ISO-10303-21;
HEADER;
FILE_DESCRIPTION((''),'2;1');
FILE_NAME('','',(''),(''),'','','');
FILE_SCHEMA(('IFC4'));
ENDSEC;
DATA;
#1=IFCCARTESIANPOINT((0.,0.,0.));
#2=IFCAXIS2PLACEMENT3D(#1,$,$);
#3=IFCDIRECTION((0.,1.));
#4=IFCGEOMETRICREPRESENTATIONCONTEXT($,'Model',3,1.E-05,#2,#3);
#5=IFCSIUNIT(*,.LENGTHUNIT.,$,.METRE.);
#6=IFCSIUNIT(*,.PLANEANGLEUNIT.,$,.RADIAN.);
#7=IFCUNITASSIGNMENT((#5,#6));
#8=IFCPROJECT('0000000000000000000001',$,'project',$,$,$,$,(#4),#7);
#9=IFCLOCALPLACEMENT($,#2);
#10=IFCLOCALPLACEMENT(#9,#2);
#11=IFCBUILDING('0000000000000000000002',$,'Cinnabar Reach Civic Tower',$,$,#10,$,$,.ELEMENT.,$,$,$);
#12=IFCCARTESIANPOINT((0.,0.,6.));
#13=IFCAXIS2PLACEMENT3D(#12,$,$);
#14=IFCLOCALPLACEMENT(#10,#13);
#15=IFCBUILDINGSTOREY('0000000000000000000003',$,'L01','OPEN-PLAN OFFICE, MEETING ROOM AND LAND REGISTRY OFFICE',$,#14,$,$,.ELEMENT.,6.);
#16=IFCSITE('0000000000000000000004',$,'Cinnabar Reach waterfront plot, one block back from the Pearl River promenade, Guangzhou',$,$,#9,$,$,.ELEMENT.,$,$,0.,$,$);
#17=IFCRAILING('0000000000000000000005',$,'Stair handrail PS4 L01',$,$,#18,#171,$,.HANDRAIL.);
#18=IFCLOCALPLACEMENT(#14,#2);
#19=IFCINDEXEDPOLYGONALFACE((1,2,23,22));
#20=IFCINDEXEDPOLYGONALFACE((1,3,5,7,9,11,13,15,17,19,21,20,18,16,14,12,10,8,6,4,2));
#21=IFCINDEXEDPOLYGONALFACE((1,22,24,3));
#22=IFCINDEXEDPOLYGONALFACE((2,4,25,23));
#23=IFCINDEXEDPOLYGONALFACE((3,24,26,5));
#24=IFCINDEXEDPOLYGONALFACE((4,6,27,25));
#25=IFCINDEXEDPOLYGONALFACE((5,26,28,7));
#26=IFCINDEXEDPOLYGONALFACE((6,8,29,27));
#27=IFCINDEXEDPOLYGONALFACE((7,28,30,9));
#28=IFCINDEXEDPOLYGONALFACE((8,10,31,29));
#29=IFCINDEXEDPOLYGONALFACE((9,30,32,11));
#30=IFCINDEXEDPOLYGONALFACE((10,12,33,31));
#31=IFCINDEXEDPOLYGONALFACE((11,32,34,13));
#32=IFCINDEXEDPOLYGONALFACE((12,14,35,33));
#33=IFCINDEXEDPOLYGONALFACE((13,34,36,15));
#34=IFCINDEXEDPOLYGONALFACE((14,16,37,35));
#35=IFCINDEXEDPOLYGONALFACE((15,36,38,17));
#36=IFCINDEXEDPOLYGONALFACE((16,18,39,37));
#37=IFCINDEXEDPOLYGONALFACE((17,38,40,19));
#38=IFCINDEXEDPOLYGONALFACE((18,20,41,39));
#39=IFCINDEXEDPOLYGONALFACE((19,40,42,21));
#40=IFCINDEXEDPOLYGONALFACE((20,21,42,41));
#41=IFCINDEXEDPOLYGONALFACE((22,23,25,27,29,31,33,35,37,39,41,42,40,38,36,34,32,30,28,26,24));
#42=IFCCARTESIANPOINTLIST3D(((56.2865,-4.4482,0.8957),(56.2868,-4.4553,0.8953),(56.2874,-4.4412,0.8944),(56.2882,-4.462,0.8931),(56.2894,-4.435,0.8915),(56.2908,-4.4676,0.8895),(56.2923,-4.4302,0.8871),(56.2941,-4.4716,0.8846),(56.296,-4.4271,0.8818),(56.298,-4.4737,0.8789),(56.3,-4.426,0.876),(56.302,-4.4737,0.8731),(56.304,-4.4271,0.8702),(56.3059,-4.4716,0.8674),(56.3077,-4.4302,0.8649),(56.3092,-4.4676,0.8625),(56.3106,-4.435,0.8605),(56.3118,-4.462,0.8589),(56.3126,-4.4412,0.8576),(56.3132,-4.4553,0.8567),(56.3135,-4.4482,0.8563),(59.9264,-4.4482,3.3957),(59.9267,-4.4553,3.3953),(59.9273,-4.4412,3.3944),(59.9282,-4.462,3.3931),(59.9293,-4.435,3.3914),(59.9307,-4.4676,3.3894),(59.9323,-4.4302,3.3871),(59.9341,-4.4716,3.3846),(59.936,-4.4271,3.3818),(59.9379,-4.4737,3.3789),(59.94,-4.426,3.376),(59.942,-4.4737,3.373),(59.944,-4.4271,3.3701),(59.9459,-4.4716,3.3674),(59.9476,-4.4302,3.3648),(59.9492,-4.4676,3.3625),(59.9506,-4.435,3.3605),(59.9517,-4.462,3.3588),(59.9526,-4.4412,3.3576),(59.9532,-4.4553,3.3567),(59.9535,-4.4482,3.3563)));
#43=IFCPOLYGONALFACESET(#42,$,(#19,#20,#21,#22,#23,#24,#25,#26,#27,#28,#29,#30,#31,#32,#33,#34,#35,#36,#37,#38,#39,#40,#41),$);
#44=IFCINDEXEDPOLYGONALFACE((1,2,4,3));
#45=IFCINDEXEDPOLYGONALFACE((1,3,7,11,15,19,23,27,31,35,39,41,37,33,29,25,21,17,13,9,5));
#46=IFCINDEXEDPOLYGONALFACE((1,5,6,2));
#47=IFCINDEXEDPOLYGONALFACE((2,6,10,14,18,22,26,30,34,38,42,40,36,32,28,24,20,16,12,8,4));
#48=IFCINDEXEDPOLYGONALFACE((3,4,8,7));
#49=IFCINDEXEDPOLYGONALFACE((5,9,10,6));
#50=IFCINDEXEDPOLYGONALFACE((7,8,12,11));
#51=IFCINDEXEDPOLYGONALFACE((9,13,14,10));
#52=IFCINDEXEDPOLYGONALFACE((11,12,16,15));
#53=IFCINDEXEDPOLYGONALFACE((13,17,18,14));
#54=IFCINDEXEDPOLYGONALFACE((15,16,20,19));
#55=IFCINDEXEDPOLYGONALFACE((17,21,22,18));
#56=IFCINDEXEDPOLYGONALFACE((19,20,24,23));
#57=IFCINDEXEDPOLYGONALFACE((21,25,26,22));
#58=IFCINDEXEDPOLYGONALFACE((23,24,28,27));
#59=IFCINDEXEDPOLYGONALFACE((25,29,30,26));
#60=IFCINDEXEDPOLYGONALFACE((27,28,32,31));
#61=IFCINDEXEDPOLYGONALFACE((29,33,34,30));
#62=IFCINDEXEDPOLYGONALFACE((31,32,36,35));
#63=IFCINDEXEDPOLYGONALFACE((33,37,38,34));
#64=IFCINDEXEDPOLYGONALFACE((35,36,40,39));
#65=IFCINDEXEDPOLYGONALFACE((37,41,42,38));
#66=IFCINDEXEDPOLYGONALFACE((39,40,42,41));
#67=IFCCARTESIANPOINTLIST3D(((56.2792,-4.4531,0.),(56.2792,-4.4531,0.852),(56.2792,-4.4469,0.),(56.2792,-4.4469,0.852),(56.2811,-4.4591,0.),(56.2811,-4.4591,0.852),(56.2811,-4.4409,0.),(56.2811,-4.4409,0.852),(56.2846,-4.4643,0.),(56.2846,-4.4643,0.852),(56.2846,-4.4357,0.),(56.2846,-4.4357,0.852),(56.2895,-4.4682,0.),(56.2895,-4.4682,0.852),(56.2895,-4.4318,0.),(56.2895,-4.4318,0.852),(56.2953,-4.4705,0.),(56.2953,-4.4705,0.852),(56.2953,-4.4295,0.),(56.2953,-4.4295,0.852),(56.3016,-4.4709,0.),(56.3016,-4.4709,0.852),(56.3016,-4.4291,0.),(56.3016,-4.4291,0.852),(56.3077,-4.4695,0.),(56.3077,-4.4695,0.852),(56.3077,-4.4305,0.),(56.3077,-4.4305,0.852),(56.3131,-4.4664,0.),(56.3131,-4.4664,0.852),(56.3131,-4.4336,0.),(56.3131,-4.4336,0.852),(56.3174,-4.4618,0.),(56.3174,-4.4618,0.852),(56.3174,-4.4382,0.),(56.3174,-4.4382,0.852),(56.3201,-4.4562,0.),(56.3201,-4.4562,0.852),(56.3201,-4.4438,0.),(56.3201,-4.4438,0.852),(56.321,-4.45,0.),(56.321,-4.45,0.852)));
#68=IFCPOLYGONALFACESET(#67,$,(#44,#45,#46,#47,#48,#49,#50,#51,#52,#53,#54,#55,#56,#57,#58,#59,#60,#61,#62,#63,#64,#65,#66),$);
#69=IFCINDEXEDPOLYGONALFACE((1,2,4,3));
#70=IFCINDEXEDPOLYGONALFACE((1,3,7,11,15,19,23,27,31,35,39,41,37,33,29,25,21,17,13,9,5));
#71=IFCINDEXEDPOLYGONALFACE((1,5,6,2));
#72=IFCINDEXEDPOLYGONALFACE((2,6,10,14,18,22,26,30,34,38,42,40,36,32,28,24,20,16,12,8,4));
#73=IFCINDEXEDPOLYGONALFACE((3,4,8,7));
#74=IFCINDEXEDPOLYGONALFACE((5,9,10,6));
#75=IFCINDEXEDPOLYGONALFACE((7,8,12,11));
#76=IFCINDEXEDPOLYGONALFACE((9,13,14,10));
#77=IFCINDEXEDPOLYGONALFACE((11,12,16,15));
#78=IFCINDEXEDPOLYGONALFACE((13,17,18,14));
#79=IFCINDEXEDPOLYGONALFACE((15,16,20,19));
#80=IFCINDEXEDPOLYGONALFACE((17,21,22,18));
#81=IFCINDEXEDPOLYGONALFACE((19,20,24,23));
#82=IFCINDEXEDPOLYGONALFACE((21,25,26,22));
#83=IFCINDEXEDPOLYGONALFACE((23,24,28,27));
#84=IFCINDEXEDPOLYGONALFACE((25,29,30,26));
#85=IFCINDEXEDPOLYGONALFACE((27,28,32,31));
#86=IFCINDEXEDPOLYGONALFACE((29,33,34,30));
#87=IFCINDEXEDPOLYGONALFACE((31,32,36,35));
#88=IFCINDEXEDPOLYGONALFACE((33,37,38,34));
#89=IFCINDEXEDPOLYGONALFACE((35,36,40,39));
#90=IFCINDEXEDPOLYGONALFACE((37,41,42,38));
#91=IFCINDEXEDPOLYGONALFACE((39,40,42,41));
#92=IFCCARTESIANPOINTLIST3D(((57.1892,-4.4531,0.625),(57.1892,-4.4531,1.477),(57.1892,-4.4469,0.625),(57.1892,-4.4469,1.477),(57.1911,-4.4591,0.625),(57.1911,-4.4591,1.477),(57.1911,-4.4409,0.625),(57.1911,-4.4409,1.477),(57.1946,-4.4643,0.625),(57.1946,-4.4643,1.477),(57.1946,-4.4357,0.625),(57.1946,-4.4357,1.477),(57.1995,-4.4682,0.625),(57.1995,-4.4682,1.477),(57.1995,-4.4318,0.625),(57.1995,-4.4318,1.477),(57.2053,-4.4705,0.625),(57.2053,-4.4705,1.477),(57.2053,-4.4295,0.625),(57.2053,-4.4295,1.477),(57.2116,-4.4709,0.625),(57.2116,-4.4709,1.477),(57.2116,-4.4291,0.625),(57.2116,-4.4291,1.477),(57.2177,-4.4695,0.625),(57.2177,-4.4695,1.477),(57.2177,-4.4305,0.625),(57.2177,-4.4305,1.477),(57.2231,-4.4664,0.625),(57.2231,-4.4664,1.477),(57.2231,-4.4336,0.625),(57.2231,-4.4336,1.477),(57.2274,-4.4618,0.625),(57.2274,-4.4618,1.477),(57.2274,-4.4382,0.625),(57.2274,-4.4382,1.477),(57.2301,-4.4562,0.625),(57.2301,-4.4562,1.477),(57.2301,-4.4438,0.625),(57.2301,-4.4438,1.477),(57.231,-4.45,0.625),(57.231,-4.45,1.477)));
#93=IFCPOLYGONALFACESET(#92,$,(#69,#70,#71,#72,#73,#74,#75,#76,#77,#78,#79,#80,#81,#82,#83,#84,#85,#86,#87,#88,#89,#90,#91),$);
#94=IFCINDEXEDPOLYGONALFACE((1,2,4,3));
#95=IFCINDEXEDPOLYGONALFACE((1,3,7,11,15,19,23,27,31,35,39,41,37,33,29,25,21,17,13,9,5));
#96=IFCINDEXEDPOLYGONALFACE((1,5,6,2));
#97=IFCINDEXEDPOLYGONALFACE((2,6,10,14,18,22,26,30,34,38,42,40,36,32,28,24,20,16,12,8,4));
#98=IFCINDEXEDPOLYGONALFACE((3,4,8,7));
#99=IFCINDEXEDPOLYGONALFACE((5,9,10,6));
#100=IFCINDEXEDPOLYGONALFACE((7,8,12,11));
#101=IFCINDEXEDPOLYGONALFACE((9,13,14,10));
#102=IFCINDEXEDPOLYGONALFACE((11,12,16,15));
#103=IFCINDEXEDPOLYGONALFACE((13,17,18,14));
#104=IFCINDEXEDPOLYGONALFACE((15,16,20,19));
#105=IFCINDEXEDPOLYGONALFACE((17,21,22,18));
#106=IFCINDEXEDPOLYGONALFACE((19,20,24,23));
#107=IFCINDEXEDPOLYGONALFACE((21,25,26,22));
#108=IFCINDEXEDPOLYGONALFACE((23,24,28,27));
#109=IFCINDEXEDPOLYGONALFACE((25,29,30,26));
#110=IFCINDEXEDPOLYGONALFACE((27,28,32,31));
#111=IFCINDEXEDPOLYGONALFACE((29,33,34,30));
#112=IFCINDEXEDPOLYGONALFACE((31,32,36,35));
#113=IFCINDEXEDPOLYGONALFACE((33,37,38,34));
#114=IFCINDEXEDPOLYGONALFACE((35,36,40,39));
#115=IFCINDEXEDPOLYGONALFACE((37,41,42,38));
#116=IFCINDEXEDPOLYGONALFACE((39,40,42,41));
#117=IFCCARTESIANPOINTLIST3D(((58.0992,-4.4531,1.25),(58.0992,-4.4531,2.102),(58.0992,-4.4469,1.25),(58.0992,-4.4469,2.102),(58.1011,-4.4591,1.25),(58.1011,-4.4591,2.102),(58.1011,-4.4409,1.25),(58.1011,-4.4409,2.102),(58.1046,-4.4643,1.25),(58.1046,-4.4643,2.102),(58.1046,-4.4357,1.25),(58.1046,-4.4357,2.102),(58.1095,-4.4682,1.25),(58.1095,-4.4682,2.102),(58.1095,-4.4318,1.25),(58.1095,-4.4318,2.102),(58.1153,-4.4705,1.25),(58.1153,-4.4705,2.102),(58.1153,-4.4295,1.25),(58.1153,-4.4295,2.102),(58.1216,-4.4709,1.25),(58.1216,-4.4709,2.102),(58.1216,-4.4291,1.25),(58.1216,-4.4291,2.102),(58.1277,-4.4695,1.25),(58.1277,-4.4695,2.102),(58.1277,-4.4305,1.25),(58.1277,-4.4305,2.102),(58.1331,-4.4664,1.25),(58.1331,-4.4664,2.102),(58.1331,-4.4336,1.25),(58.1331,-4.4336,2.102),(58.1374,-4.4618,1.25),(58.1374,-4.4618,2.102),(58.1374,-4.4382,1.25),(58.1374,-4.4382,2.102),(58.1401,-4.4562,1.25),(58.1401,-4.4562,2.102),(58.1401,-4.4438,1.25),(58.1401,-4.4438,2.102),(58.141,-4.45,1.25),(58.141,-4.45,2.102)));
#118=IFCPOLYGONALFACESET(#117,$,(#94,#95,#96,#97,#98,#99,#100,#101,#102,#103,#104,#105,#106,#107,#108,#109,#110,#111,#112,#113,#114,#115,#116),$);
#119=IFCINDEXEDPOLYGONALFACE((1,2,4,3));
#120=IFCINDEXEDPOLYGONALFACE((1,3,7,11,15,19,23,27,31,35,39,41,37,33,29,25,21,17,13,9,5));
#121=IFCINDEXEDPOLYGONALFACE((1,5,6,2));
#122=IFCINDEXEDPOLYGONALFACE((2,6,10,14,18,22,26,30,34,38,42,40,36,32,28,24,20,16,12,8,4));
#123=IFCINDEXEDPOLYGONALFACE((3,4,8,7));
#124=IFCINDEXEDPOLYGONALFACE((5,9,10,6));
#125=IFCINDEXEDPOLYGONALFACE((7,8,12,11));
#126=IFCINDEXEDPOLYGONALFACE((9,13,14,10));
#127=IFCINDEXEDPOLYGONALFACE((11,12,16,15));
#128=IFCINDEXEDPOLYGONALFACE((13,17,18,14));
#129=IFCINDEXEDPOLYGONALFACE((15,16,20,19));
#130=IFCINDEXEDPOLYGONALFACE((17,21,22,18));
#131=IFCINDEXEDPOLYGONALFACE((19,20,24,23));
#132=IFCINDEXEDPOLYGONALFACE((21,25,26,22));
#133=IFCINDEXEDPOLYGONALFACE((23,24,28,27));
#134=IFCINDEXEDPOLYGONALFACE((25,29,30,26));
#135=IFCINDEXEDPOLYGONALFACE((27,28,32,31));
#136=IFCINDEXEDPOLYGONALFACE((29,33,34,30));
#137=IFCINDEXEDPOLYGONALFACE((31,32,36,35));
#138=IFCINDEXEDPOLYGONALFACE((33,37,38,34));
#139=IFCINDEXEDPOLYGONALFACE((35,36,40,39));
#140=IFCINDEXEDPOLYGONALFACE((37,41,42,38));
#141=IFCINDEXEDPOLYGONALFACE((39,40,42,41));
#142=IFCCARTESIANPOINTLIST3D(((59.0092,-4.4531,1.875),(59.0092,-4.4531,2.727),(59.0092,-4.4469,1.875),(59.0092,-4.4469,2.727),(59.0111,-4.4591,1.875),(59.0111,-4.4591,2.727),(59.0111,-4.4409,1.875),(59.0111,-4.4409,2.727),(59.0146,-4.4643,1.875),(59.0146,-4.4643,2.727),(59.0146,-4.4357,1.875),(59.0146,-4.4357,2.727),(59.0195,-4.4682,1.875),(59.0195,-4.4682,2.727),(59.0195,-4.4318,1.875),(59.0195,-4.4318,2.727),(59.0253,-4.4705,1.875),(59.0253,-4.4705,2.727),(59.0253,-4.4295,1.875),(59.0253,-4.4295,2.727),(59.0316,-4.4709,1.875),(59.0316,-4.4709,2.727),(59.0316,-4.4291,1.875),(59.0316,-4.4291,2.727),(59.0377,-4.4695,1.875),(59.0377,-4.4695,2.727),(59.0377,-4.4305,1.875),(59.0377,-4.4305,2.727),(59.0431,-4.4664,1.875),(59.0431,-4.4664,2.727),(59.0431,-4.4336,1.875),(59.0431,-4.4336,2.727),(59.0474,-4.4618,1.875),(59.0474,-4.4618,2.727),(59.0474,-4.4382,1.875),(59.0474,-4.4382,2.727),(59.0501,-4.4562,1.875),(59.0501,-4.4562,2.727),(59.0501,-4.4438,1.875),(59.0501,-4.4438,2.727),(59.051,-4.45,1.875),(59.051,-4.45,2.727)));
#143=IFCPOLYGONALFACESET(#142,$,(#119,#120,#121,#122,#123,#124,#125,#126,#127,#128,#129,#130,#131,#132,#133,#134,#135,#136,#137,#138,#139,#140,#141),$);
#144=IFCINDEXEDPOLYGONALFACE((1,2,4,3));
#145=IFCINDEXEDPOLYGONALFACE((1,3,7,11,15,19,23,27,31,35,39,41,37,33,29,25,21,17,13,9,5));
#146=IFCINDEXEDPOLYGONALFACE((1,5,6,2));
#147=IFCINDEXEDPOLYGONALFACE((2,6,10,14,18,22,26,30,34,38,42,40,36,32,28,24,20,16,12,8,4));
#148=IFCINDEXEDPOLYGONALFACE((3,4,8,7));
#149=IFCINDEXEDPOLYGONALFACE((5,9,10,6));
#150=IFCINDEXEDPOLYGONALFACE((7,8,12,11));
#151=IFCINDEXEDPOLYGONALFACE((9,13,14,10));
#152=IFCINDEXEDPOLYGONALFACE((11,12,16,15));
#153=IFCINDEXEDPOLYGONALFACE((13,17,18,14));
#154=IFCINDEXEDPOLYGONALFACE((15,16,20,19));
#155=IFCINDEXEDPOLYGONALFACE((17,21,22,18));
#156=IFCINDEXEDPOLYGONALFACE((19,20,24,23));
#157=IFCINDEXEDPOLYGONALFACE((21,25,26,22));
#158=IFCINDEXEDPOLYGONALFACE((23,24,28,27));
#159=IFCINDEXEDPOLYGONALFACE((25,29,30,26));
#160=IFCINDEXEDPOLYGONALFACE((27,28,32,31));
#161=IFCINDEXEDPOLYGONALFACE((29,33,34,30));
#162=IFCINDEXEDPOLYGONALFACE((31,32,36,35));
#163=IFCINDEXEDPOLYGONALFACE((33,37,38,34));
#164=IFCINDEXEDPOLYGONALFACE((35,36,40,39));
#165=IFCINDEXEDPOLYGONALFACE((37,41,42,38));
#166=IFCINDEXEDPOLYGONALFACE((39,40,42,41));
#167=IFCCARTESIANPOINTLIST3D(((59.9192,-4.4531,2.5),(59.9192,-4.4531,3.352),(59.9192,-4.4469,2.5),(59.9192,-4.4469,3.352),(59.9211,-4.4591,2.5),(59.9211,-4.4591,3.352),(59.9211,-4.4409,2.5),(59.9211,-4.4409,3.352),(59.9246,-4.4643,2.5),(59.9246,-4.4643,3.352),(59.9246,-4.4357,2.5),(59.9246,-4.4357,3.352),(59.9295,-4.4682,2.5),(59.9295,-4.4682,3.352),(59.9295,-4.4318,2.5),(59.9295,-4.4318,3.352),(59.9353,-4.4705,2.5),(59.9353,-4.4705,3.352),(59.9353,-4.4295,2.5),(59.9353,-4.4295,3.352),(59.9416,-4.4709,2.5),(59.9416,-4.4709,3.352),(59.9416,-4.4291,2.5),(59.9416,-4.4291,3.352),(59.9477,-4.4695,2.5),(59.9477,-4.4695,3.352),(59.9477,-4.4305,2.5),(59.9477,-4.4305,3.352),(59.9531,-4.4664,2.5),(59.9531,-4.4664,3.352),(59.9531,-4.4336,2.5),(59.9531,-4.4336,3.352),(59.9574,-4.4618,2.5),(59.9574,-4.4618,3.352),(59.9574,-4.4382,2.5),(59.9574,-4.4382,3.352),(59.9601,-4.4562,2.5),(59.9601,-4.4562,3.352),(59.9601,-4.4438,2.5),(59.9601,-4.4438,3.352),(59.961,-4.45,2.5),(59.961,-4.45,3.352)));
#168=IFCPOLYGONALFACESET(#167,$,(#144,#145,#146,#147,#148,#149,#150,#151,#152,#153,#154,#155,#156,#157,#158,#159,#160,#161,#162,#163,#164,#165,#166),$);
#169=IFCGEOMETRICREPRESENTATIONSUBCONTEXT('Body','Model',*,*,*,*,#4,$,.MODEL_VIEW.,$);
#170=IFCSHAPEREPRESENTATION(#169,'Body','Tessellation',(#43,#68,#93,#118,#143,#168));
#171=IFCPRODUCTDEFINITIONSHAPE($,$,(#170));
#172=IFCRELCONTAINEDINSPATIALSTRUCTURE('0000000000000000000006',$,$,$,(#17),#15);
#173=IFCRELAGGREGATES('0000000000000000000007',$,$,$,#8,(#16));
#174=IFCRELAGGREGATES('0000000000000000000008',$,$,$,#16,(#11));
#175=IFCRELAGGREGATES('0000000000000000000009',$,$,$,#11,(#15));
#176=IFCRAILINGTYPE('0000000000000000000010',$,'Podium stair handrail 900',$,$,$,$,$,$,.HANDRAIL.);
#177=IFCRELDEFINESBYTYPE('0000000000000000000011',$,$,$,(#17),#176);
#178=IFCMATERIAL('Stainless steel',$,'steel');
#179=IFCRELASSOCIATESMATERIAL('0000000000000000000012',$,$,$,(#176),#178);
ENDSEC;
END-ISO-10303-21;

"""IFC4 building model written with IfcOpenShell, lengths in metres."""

from ifc_helpers import new_model, si_unit, direction, frame, origin, origin_2d, place, context, subcontext, project, spatial, circle, extrude, material, type_object, element, save


model = new_model("IFC4")

# Units and contexts
model_context = context("Model", 3, precision=1e-05, world=origin(), true_north=direction((0.0, 1.0)))
body_context = subcontext(model_context, "Body", "Model", "MODEL_VIEW")
ifc_project = project(units=[si_unit("LENGTHUNIT", "METRE"), si_unit("PLANEANGLEUNIT", "RADIAN")], contexts=[model_context])

# Site, building, storey
site_placement = place(None, origin())
site = spatial("IfcSite", under=ifc_project, at=site_placement, Name="Cinnabar Reach waterfront plot, one block back from the Pearl River promenade, Guangzhou", CompositionType="ELEMENT", RefElevation=0.0)
building_placement = place(site_placement, origin())
building = spatial("IfcBuilding", under=site, at=building_placement, Name="Cinnabar Reach Civic Tower", CompositionType="ELEMENT")
storey_placement = place(building_placement, frame((0.0, 0.0, 6.0)))
storey = spatial("IfcBuildingStorey", under=building, at=storey_placement, Name="L01", Description="OPEN-PLAN OFFICE, MEETING ROOM AND LAND REGISTRY OFFICE", CompositionType="ELEMENT", Elevation=6.0)

# Railing
ifc_material_1 = material(Name="Stainless steel", Category="steel")
railing_type_1 = type_object("IfcRailingType", Name="Podium stair handrail 900", PredefinedType="HANDRAIL", material=ifc_material_1)
railing_1_placement = place(storey_placement, frame((56.3, -4.45, 0.0)))
element("IfcRailing", 1, at=railing_1_placement, inside=storey, type_object=railing_type_1, Name="Stair handrail PS4 L01", PredefinedType="HANDRAIL", context=body_context, shape_type="SweptSolid", body=[
    extrude(circle(Radius=0.024, at=origin_2d()), frame((0.0, 0.0, 0.876), z_axis=(0.824306, 0.0, 0.566144), x_axis=(0.0, 1.0, 0.0)), (0.0, 0.0, 1.0), 4.4158),
    extrude(circle(Radius=0.021, at=origin_2d()), origin(), (0.0, 0.0, 1.0), 0.852),
    extrude(circle(Radius=0.021, at=origin_2d()), frame((0.91, 0.0, 0.625)), (0.0, 0.0, 1.0), 0.852),
    extrude(circle(Radius=0.021, at=origin_2d()), frame((1.82, 0.0, 1.25)), (0.0, 0.0, 1.0), 0.852),
    extrude(circle(Radius=0.021, at=origin_2d()), frame((2.73, 0.0, 1.875)), (0.0, 0.0, 1.0), 0.852),
    extrude(circle(Radius=0.021, at=origin_2d()), frame((3.64, 0.0, 2.5)), (0.0, 0.0, 1.0), 0.852),
])

save(model, "model.ifc")
